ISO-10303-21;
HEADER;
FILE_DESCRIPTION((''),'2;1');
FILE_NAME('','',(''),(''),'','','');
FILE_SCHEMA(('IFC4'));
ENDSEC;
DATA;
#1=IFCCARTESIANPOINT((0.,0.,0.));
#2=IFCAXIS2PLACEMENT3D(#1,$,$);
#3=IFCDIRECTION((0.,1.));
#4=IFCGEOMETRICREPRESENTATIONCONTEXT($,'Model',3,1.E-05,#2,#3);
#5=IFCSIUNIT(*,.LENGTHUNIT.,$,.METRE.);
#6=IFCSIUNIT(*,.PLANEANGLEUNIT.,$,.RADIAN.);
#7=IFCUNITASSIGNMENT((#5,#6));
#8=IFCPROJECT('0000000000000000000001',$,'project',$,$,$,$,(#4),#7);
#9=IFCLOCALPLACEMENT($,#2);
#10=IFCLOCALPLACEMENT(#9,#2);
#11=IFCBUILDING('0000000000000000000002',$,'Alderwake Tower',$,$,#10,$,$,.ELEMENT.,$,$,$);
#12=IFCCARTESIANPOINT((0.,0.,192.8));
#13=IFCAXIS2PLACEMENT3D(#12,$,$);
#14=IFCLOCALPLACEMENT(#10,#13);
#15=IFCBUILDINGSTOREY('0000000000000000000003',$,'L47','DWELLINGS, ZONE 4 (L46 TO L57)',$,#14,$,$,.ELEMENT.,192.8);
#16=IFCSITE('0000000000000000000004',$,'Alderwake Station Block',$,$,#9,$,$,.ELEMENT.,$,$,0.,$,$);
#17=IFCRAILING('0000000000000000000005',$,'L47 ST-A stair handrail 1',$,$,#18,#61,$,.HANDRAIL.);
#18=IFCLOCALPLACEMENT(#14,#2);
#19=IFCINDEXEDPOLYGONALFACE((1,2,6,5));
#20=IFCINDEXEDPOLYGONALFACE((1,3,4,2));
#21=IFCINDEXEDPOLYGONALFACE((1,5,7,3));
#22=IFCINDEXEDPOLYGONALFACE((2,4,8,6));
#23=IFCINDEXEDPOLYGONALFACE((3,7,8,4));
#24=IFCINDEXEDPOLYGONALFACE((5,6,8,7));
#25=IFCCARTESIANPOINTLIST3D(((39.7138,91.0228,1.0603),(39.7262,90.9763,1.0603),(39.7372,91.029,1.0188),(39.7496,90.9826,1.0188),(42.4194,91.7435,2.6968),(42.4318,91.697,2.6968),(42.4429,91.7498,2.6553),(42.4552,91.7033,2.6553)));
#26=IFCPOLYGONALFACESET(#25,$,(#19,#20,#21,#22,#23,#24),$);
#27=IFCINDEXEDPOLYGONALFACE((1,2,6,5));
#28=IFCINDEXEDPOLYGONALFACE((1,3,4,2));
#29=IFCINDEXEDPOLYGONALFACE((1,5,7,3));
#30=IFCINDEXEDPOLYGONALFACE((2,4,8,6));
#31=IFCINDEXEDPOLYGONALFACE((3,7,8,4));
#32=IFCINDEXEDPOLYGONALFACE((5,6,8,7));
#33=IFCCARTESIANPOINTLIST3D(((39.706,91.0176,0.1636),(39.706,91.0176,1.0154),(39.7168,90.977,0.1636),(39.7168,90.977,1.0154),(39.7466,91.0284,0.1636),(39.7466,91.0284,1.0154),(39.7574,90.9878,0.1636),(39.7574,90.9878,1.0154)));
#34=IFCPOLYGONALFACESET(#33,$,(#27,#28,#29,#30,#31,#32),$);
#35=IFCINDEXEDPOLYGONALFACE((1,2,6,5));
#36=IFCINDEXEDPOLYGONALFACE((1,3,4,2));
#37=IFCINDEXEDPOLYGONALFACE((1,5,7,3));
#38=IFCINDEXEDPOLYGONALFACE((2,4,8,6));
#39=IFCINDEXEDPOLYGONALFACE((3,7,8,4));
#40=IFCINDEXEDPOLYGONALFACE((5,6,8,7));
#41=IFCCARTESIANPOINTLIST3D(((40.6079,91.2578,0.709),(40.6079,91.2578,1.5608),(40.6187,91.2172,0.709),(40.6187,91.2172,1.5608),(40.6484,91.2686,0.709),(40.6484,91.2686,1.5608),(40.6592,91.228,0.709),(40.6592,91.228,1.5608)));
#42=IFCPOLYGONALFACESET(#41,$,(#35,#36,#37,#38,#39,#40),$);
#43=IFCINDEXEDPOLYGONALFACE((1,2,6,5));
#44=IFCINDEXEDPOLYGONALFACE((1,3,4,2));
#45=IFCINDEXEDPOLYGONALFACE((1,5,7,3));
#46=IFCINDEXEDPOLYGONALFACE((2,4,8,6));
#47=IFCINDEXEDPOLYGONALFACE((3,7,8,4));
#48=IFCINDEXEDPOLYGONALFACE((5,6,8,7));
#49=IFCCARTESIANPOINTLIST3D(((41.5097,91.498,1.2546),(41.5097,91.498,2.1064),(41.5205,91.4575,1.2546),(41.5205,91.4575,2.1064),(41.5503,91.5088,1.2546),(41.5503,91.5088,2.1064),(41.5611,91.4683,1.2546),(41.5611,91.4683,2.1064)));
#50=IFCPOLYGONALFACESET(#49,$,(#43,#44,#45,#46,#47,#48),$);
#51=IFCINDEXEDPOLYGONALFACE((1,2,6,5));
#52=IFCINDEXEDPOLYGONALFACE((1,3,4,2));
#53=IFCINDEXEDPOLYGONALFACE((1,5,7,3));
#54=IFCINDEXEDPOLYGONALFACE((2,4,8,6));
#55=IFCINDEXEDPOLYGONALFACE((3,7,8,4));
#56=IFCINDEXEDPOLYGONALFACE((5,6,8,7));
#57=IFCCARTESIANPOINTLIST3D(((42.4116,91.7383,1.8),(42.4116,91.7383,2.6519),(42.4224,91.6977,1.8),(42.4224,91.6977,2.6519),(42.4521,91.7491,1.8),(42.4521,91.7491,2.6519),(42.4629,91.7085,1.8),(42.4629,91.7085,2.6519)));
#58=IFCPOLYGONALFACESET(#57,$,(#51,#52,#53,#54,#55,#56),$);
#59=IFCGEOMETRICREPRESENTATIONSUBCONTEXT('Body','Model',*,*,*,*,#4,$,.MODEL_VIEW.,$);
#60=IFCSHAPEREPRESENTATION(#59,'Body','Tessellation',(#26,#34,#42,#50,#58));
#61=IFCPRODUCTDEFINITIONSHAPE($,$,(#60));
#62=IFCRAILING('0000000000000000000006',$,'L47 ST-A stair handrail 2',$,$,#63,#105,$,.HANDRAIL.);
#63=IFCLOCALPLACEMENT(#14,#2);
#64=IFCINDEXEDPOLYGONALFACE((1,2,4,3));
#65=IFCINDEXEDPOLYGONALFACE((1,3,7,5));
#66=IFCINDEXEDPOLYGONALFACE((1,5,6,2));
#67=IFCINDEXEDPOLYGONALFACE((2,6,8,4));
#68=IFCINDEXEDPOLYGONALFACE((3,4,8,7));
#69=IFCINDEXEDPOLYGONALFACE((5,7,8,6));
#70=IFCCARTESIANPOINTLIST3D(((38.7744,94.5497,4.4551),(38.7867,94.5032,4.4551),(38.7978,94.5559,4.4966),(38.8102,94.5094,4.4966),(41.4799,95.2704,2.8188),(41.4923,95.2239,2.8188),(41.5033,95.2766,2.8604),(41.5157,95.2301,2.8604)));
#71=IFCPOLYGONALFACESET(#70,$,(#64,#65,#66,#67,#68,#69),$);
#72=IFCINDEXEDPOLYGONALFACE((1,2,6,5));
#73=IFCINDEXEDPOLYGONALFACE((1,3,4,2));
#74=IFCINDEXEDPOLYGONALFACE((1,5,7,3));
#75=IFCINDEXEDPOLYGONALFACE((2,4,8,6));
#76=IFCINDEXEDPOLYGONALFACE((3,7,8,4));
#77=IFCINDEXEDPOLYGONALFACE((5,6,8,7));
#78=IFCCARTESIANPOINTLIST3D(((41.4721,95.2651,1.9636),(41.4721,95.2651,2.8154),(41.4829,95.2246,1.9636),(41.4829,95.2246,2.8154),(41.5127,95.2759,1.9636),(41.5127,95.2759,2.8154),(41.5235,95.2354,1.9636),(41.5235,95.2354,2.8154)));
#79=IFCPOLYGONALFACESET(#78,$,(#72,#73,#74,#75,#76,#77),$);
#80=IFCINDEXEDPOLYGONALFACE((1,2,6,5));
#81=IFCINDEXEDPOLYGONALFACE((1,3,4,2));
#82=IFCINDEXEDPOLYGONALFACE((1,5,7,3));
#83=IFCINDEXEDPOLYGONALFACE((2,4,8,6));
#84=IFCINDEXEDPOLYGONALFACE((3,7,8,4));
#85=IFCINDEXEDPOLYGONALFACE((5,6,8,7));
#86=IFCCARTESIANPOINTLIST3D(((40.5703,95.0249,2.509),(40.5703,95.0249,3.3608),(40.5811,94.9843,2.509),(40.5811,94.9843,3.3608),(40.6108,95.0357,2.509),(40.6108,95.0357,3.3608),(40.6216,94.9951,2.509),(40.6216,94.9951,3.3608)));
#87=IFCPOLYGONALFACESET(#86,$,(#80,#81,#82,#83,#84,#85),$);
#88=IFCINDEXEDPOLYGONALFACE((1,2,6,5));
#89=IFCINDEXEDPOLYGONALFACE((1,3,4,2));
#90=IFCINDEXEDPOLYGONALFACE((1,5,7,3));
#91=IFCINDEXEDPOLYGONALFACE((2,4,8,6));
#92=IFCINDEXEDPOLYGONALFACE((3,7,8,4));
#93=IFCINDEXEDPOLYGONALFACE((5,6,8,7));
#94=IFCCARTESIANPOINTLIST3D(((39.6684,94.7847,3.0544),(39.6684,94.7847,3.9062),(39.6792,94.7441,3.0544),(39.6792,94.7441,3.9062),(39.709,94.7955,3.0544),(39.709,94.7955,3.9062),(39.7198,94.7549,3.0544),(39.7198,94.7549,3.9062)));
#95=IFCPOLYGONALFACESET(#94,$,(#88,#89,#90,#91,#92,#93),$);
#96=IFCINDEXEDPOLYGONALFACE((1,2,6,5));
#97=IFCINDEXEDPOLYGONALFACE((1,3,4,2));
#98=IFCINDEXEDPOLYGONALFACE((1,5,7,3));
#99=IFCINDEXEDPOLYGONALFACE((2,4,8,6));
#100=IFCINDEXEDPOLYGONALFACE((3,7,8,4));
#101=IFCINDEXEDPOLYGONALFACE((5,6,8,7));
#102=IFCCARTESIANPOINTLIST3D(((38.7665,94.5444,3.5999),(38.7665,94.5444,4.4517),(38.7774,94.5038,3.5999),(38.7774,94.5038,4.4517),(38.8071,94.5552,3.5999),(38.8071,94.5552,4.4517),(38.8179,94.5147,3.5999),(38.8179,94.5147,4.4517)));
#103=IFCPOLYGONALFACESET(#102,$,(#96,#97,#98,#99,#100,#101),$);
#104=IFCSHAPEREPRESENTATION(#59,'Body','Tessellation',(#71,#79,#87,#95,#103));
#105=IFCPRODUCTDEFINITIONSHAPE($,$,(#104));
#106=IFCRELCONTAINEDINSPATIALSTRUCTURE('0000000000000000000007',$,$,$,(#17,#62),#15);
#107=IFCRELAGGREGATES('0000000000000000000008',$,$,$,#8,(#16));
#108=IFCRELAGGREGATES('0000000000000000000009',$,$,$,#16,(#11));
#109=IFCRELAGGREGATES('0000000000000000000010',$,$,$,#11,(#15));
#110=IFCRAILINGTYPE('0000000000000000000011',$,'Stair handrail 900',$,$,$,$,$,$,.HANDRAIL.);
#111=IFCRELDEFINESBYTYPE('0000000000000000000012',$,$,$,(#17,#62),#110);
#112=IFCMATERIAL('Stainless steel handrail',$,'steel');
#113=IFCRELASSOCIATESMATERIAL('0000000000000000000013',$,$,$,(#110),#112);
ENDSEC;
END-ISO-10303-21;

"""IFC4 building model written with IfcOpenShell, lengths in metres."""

from ifc_helpers import new_model, si_unit, direction, frame, origin, origin_2d, place, context, subcontext, project, spatial, rectangle, extrude, material, type_object, element, save


model = new_model("IFC4")

# Units and contexts
model_context = context("Model", 3, precision=1e-05, world=origin(), true_north=direction((0.0, 1.0)))
body_context = subcontext(model_context, "Body", "Model", "MODEL_VIEW")
ifc_project = project(units=[si_unit("LENGTHUNIT", "METRE"), si_unit("PLANEANGLEUNIT", "RADIAN")], contexts=[model_context])

# Site, building, storey
site_placement = place(None, origin())
site = spatial("IfcSite", under=ifc_project, at=site_placement, Name="Alderwake Station Block", CompositionType="ELEMENT", RefElevation=0.0)
building_placement = place(site_placement, origin())
building = spatial("IfcBuilding", under=site, at=building_placement, Name="Alderwake Tower", CompositionType="ELEMENT")
storey_placement = place(building_placement, frame((0.0, 0.0, 192.8)))
storey = spatial("IfcBuildingStorey", under=building, at=storey_placement, Name="L47", Description="DWELLINGS, ZONE 4 (L46 TO L57)", CompositionType="ELEMENT", Elevation=192.8)

# Railings
ifc_material_1 = material(Name="Stainless steel handrail", Category="steel")
railing_type_1 = type_object("IfcRailingType", Name="Stair handrail 900", PredefinedType="HANDRAIL", material=ifc_material_1)
railing_1_placement = place(storey_placement, frame((39.7317, 91.0027, 0.1636)))
element("IfcRailing", 1, at=railing_1_placement, inside=storey, type_object=railing_type_1, Name="L47 ST-A stair handrail 1", PredefinedType="HANDRAIL", context=body_context, shape_type="SweptSolid", body=[
    extrude(rectangle(XDim=0.0481, YDim=0.0481, at=origin_2d()), frame((0.0, 0.0, 0.876), z_axis=(0.834259, 0.222228, 0.504605), x_axis=(-0.257402, 0.966304, 0.0)), (0.0, 0.0, 1.0), 3.2432),
    extrude(rectangle(XDim=0.042, YDim=0.042, at=origin_2d()), frame((0.0, 0.0, 0.0), z_axis=(0.0, 0.0, 1.0), x_axis=(0.966304, 0.257402, 0.0)), (0.0, 0.0, 1.0), 0.8518),
    extrude(rectangle(XDim=0.042, YDim=0.042, at=origin_2d()), frame((0.9019, 0.2402, 0.5454), z_axis=(0.0, 0.0, 1.0), x_axis=(0.966304, 0.257402, 0.0)), (0.0, 0.0, 1.0), 0.8518),
    extrude(rectangle(XDim=0.042, YDim=0.042, at=origin_2d()), frame((1.8037, 0.4805, 1.0911), z_axis=(0.0, 0.0, 1.0), x_axis=(0.966304, 0.257402, 0.0)), (0.0, 0.0, 1.0), 0.8518),
    extrude(rectangle(XDim=0.042, YDim=0.042, at=origin_2d()), frame((2.7056, 0.7207, 1.6365), z_axis=(0.0, 0.0, 1.0), x_axis=(0.966304, 0.257402, 0.0)), (0.0, 0.0, 1.0), 0.8518),
])
railing_2_placement = place(storey_placement, frame((41.4978, 95.2502, 1.9636)))
element("IfcRailing", 2, at=railing_2_placement, inside=storey, type_object=railing_type_1, Name="L47 ST-A stair handrail 2", PredefinedType="HANDRAIL", context=body_context, shape_type="SweptSolid", body=[
    extrude(rectangle(XDim=0.0481, YDim=0.0481, at=origin_2d()), frame((0.0, 0.0, 0.876), z_axis=(-0.834291, -0.222237, 0.504549), x_axis=(0.257402, -0.966304, 0.0)), (0.0, 0.0, 1.0), 3.2429),
    extrude(rectangle(XDim=0.042, YDim=0.042, at=origin_2d()), frame((0.0, 0.0, 0.0), z_axis=(0.0, 0.0, 1.0), x_axis=(-0.966304, -0.257402, 0.0)), (0.0, 0.0, 1.0), 0.8518),
    extrude(rectangle(XDim=0.042, YDim=0.042, at=origin_2d()), frame((-0.9019, -0.2402, 0.5454), z_axis=(0.0, 0.0, 1.0), x_axis=(-0.966304, -0.257402, 0.0)), (0.0, 0.0, 1.0), 0.8518),
    extrude(rectangle(XDim=0.042, YDim=0.042, at=origin_2d()), frame((-1.8037, -0.4805, 1.0908), z_axis=(0.0, 0.0, 1.0), x_axis=(-0.966304, -0.257402, 0.0)), (0.0, 0.0, 1.0), 0.8518),
    extrude(rectangle(XDim=0.042, YDim=0.042, at=origin_2d()), frame((-2.7056, -0.7207, 1.6362), z_axis=(0.0, 0.0, 1.0), x_axis=(-0.966304, -0.257402, 0.0)), (0.0, 0.0, 1.0), 0.8518),
])

save(model, "model.ifc")
